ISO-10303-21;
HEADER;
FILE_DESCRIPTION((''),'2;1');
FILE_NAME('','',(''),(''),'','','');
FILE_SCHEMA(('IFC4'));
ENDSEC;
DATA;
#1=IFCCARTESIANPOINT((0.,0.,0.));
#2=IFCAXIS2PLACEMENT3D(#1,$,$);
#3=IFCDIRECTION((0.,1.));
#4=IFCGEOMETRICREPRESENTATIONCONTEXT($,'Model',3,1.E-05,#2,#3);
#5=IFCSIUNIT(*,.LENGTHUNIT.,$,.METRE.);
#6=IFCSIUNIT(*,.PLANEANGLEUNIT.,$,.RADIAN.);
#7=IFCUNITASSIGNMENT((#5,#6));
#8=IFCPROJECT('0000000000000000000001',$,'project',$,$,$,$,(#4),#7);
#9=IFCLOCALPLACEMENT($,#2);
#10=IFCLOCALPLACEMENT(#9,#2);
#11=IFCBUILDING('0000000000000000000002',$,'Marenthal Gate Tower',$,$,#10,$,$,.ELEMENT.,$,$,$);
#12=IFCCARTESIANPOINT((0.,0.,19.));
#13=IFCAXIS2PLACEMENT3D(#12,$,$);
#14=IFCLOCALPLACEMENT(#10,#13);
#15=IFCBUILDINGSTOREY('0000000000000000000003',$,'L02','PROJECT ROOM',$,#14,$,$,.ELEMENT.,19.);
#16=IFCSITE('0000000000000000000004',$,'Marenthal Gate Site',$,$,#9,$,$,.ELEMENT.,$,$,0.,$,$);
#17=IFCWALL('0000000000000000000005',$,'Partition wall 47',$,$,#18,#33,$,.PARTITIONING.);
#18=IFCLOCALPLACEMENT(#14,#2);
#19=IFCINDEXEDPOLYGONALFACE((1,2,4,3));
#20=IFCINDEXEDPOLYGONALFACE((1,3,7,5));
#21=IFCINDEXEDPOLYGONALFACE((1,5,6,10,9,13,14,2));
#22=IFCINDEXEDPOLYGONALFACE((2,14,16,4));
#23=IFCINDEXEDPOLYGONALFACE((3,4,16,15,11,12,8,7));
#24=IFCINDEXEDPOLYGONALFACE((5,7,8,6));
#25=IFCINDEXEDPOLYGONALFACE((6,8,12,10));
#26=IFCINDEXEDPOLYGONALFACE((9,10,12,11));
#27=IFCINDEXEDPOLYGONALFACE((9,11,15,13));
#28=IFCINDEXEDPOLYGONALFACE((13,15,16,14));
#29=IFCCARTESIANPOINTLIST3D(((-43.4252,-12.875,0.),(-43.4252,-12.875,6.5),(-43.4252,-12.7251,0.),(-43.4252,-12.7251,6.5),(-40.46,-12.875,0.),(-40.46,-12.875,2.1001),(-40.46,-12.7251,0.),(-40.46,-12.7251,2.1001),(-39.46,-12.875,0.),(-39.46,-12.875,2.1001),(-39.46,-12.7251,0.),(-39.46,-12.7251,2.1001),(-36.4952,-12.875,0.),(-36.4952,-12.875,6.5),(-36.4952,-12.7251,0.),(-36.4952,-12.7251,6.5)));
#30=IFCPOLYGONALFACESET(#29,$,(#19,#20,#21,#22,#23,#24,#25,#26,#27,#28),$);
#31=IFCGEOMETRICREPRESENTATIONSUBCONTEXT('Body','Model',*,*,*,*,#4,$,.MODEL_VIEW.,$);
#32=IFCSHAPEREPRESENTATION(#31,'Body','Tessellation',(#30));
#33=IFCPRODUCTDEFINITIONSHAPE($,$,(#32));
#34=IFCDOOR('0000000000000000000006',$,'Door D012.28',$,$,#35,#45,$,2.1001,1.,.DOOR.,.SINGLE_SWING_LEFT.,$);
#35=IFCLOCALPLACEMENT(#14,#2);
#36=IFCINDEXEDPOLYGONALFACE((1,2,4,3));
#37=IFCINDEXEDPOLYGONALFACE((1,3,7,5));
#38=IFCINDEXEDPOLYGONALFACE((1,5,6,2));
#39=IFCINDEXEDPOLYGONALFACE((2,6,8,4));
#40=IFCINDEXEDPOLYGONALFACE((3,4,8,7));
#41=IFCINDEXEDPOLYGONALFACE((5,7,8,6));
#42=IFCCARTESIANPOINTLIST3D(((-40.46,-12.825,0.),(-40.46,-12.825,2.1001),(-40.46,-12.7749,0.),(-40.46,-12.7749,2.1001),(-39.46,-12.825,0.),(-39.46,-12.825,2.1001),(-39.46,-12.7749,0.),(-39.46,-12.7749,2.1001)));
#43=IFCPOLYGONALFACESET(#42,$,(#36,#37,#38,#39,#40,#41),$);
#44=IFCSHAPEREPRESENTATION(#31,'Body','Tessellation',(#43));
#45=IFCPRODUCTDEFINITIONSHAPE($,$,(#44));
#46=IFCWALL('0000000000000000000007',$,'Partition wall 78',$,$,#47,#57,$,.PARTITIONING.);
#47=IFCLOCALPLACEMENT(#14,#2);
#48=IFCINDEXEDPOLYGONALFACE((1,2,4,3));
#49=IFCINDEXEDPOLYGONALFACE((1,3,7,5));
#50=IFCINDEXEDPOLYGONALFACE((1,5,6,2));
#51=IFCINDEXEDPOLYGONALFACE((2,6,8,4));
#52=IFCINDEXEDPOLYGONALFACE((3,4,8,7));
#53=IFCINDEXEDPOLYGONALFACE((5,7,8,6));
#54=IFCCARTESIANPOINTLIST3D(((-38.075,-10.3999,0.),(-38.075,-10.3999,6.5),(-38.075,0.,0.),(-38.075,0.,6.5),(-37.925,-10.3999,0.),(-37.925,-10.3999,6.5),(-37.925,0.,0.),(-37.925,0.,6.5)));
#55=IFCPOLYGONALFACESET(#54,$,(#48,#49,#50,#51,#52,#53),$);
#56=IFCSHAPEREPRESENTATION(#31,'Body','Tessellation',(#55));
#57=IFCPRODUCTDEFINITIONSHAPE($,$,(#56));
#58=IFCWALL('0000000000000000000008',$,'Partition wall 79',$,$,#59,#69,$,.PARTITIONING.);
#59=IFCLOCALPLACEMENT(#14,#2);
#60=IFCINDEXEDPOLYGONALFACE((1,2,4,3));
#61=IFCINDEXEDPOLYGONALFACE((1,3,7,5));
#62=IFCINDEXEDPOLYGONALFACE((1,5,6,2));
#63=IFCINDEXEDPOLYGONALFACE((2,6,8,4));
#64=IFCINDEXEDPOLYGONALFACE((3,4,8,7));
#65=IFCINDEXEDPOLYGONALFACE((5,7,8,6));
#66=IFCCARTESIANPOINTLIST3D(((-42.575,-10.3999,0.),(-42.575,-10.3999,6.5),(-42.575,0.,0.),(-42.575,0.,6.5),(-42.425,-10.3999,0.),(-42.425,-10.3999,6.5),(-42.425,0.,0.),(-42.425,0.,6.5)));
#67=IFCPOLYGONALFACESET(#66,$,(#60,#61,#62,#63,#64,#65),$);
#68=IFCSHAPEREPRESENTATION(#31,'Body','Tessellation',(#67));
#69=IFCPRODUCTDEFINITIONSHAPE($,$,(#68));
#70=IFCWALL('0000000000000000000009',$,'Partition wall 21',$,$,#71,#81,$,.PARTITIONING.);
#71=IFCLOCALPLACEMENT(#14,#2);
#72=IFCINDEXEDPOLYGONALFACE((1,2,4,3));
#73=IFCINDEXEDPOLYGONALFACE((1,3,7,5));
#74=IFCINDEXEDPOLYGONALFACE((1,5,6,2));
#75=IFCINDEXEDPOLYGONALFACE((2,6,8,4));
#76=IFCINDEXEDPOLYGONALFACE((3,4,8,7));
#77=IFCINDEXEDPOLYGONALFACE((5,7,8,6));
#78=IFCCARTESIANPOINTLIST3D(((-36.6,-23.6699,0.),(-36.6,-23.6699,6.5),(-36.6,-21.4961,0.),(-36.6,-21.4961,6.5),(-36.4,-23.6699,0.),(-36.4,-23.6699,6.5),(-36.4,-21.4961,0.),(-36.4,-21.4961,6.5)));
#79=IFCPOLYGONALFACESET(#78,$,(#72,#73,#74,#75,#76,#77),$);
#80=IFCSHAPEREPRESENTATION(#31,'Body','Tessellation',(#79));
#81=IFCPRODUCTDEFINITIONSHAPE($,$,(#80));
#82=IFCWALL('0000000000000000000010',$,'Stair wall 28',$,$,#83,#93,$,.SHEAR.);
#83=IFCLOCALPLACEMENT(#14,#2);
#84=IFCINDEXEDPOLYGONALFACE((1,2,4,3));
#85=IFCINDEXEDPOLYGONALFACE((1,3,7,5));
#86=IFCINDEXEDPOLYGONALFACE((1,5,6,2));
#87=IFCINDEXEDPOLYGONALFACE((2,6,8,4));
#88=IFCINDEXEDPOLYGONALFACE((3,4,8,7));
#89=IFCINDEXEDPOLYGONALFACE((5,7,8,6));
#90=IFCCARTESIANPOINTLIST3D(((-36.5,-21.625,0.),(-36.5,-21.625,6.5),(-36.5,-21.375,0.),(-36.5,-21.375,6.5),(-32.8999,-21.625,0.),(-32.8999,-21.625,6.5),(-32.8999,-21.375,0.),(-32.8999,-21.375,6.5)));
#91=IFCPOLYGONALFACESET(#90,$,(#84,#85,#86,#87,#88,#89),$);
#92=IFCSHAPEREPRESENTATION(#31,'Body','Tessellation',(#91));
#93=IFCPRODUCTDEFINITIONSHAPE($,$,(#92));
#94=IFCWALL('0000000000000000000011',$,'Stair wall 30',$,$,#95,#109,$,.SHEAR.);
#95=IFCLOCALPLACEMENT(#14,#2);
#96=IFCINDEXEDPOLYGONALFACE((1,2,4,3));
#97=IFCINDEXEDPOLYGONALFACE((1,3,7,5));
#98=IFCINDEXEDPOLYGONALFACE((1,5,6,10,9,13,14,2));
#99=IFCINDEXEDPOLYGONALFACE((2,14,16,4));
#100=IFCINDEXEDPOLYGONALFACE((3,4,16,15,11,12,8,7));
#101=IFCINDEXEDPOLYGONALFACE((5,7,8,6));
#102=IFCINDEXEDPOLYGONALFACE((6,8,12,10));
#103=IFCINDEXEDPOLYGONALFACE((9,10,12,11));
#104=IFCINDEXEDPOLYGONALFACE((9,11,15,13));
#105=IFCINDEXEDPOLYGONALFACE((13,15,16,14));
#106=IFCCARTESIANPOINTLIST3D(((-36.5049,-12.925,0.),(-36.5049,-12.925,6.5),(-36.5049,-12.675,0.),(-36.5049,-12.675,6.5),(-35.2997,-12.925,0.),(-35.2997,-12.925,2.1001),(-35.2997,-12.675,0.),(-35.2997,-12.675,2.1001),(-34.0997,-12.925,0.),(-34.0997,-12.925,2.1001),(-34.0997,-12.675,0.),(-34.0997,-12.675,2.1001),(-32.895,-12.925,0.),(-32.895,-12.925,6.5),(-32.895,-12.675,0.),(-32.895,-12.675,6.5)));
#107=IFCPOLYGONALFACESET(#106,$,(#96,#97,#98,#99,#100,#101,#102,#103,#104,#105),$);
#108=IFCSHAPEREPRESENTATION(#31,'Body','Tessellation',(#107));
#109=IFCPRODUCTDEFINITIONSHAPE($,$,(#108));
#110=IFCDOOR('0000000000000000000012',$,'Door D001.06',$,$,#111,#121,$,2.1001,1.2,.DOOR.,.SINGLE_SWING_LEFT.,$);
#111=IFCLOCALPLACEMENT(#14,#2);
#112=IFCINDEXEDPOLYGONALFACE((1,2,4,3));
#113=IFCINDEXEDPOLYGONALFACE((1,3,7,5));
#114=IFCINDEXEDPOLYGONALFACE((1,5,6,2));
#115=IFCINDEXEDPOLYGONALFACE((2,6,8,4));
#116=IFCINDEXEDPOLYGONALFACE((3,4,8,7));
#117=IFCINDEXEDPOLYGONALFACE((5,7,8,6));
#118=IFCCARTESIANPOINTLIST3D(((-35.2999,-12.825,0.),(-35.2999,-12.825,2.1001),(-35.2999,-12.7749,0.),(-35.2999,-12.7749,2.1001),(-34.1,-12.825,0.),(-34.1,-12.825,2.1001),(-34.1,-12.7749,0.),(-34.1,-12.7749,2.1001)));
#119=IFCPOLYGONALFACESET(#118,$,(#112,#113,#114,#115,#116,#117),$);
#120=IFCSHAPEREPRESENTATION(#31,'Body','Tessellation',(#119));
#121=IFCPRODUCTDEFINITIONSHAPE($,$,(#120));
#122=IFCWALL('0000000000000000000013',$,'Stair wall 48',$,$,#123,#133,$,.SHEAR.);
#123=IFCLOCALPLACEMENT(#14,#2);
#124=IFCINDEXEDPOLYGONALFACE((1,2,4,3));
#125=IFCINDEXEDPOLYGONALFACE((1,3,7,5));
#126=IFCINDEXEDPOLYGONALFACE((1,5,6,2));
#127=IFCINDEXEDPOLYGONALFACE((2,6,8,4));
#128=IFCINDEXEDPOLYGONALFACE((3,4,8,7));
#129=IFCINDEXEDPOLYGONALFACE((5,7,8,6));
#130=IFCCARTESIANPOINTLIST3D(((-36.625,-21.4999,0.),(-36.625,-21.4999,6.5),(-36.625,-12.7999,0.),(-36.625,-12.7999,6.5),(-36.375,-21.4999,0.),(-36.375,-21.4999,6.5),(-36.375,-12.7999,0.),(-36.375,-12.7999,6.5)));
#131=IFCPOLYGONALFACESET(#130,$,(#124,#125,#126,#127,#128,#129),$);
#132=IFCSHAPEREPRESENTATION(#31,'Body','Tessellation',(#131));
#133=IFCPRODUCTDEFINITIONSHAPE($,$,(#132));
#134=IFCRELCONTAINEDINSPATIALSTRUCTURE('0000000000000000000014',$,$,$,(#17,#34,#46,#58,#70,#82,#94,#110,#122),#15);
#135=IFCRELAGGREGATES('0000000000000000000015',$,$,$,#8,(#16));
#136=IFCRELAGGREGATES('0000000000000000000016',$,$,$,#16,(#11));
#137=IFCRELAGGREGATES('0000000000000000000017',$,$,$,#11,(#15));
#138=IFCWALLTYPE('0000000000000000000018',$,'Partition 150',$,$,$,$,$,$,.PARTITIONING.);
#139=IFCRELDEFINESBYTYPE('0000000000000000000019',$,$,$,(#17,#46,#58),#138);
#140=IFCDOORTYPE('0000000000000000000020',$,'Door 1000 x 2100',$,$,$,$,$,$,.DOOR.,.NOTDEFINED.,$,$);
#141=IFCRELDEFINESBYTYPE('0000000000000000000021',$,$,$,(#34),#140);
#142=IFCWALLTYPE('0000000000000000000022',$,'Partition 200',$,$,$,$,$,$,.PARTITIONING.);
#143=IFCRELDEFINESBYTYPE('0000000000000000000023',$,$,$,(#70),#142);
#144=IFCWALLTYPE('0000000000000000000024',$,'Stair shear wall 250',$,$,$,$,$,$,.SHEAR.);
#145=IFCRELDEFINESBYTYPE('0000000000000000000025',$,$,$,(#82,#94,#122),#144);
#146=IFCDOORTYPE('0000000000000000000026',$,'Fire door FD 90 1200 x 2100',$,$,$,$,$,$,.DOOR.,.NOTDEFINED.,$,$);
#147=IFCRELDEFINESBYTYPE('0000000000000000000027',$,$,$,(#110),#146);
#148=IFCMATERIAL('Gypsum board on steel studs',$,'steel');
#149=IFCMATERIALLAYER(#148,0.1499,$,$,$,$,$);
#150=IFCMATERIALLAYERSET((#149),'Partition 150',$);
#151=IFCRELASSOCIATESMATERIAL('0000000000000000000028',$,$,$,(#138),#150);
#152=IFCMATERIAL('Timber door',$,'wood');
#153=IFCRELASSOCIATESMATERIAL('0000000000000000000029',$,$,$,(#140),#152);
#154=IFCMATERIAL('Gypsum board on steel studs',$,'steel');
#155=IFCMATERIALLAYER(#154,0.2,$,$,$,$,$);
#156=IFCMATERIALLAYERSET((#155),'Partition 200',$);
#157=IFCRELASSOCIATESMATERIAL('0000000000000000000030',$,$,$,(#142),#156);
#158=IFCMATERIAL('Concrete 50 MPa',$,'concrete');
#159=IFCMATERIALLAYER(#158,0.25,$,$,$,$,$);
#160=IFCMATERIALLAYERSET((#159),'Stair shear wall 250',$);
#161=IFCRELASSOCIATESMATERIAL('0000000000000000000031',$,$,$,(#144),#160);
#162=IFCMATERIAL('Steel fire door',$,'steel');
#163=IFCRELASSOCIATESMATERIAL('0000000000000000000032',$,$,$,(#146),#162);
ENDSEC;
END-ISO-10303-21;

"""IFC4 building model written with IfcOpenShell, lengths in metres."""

from ifc_helpers import new_model, si_unit, direction, frame, frame_2d, origin, place, context, subcontext, project, spatial, rectangle, extrude, material, layer, layer_set, type_object, element, fill, save


model = new_model("IFC4")

# Units and contexts
model_context = context("Model", 3, precision=1e-05, world=origin(), true_north=direction((0.0, 1.0)))
body_context = subcontext(model_context, "Body", "Model", "MODEL_VIEW")
ifc_project = project(units=[si_unit("LENGTHUNIT", "METRE"), si_unit("PLANEANGLEUNIT", "RADIAN")], contexts=[model_context])

# Site, building, storey
site_placement = place(None, origin())
site = spatial("IfcSite", under=ifc_project, at=site_placement, Name="Marenthal Gate Site", CompositionType="ELEMENT", RefElevation=0.0)
building_placement = place(site_placement, origin())
building = spatial("IfcBuilding", under=site, at=building_placement, Name="Marenthal Gate Tower", CompositionType="ELEMENT")
storey_placement = place(building_placement, frame((0.0, 0.0, 19.0)))
storey = spatial("IfcBuildingStorey", under=building, at=storey_placement, Name="L02", Description="PROJECT ROOM", CompositionType="ELEMENT", Elevation=19.0)

# Wall, opening, door
ifc_material_1 = material(Name="Gypsum board on steel studs", Category="steel")
ifc_layer_1 = layer(ifc_material_1, 0.1499)
ifc_layer_set_1 = layer_set([ifc_layer_1], Name="Partition 150")
wall_type_1 = type_object("IfcWallType", Name="Partition 150", PredefinedType="PARTITIONING", material=ifc_layer_set_1)
wall_1_placement = place(storey_placement, frame((-43.425, -12.8, 0.0), z_axis=(0.0, 0.0, 1.0), x_axis=(1.0, 0.0, 0.0)))
wall_1 = element("IfcWall", 1, at=wall_1_placement, inside=storey, type_object=wall_type_1, Name="Partition wall 47", PredefinedType="PARTITIONING", context=body_context, shape_type="SweptSolid", body=[
    extrude(rectangle(XDim=6.9299, YDim=0.1499, at=frame_2d((3.4648, 0.0))), origin(), (0.0, 0.0, 1.0), 6.5),
])
opening_1_placement = place(wall_1_placement, frame((2.9651, 0.0, 0.0)))
opening_1 = element("IfcOpeningElement", 2, at=opening_1_placement, cuts=wall_1, PredefinedType="OPENING", context=body_context, shape_type="SweptSolid", body=[
    extrude(rectangle(XDim=1.0, YDim=2.1001, at=frame_2d((0.5, 1.05))), frame((0.0, 0.085, 0.0), z_axis=(0.0, -1.0, 0.0), x_axis=(1.0, 0.0, 0.0)), (0.0, 0.0, 1.0), 0.1699),
])
ifc_material_2 = material(Name="Timber door", Category="wood")
door_type_1 = type_object("IfcDoorType", Name="Door 1000 x 2100", OperationType="NOTDEFINED", PredefinedType="DOOR", material=ifc_material_2)
door_1_placement = place(opening_1_placement, frame((1.0, 0.0, 0.0), z_axis=(0.0, 0.0, 1.0), x_axis=(-1.0, 0.0, 0.0)))
door_1 = element("IfcDoor", 3, at=door_1_placement, inside=storey, type_object=door_type_1, Name="Door D012.28", OperationType="SINGLE_SWING_LEFT", OverallHeight=2.1001, OverallWidth=1.0, PredefinedType="DOOR", context=body_context, shape_type="SweptSolid", body=[
    extrude(rectangle(XDim=1.0, YDim=2.1001, at=frame_2d((0.5, 1.05))), frame((0.0, 0.0249, 0.0), z_axis=(0.0, -1.0, 0.0), x_axis=(1.0, 0.0, 0.0)), (0.0, 0.0, 1.0), 0.05),
])
fill(opening_1, door_1)

# Walls
for number, where, z_axis, x_axis, name in (
    (4, (-38.0, -10.3999, 0.0), (0.0, 0.0, 1.0), (0.0, 1.0, 0.0), "Partition wall 78"),
    (5, (-42.5, -10.3999, 0.0), (0.0, 0.0, 1.0), (0.0, 1.0, 0.0), "Partition wall 79"),
):
    element("IfcWall", number, at=place(storey_placement, frame(where, z_axis=z_axis, x_axis=x_axis)), inside=storey, type_object=wall_type_1, Name=name, PredefinedType="PARTITIONING", context=body_context, shape_type="SweptSolid", body=[
        extrude(rectangle(XDim=10.3999, YDim=0.1499, at=frame_2d((5.2, 0.0))), origin(), (0.0, 0.0, 1.0), 6.5),
    ])
ifc_material_3 = material(Name="Gypsum board on steel studs", Category="steel")
ifc_layer_2 = layer(ifc_material_3, 0.2)
ifc_layer_set_2 = layer_set([ifc_layer_2], Name="Partition 200")
wall_type_2 = type_object("IfcWallType", Name="Partition 200", PredefinedType="PARTITIONING", material=ifc_layer_set_2)
wall_2_placement = place(storey_placement, frame((-36.5, -23.6699, 0.0), z_axis=(0.0, 0.0, 1.0), x_axis=(0.0, 1.0, 0.0)))
element("IfcWall", 6, at=wall_2_placement, inside=storey, type_object=wall_type_2, Name="Partition wall 21", PredefinedType="PARTITIONING", context=body_context, shape_type="SweptSolid", body=[
    extrude(rectangle(XDim=2.1738, YDim=0.2, at=frame_2d((1.0869, 0.0))), origin(), (0.0, 0.0, 1.0), 6.5),
])
ifc_material_4 = material(Name="Concrete 50 MPa", Category="concrete")
ifc_layer_3 = layer(ifc_material_4, 0.25)
ifc_layer_set_3 = layer_set([ifc_layer_3], Name="Stair shear wall 250")
wall_type_3 = type_object("IfcWallType", Name="Stair shear wall 250", PredefinedType="SHEAR", material=ifc_layer_set_3)
wall_3_placement = place(storey_placement, frame((-36.5, -21.5, 0.0), z_axis=(0.0, 0.0, 1.0), x_axis=(1.0, 0.0, 0.0)))
element("IfcWall", 7, at=wall_3_placement, inside=storey, type_object=wall_type_3, Name="Stair wall 28", PredefinedType="SHEAR", context=body_context, shape_type="SweptSolid", body=[
    extrude(rectangle(XDim=3.6001, YDim=0.25, at=frame_2d((1.8, 0.0))), origin(), (0.0, 0.0, 1.0), 6.5),
])

# Wall, opening, door
wall_4_placement = place(storey_placement, frame((-36.5049, -12.8, 0.0), z_axis=(0.0, 0.0, 1.0), x_axis=(1.0, 0.0, 0.0)))
wall_4 = element("IfcWall", 8, at=wall_4_placement, inside=storey, type_object=wall_type_3, Name="Stair wall 30", PredefinedType="SHEAR", context=body_context, shape_type="SweptSolid", body=[
    extrude(rectangle(XDim=3.6099, YDim=0.25, at=frame_2d((1.8049, 0.0))), origin(), (0.0, 0.0, 1.0), 6.5),
])
opening_2_placement = place(wall_4_placement, frame((1.2051, 0.0, 0.0)))
opening_2 = element("IfcOpeningElement", 9, at=opening_2_placement, cuts=wall_4, PredefinedType="OPENING", context=body_context, shape_type="SweptSolid", body=[
    extrude(rectangle(XDim=1.2, YDim=2.1001, at=frame_2d((0.6001, 1.05))), frame((0.0, 0.135, 0.0), z_axis=(0.0, -1.0, 0.0), x_axis=(1.0, 0.0, 0.0)), (0.0, 0.0, 1.0), 0.27),
])
ifc_material_5 = material(Name="Steel fire door", Category="steel")
door_type_2 = type_object("IfcDoorType", Name="Fire door FD 90 1200 x 2100", OperationType="NOTDEFINED", PredefinedType="DOOR", material=ifc_material_5)
door_2_placement = place(opening_2_placement, frame((1.2, 0.0, 0.0), z_axis=(0.0, 0.0, 1.0), x_axis=(-1.0, 0.0, 0.0)))
door_2 = element("IfcDoor", 10, at=door_2_placement, inside=storey, type_object=door_type_2, Name="Door D001.06", OperationType="SINGLE_SWING_LEFT", OverallHeight=2.1001, OverallWidth=1.2, PredefinedType="DOOR", context=body_context, shape_type="SweptSolid", body=[
    extrude(rectangle(XDim=1.2, YDim=2.1001, at=frame_2d((0.6001, 1.05))), frame((0.0, 0.0249, 0.0), z_axis=(0.0, -1.0, 0.0), x_axis=(1.0, 0.0, 0.0)), (0.0, 0.0, 1.0), 0.05),
])
fill(opening_2, door_2)

# Wall
wall_5_placement = place(storey_placement, frame((-36.5, -21.5, 0.0), z_axis=(0.0, 0.0, 1.0), x_axis=(0.0, 1.0, 0.0)))
element("IfcWall", 11, at=wall_5_placement, inside=storey, type_object=wall_type_3, Name="Stair wall 48", PredefinedType="SHEAR", context=body_context, shape_type="SweptSolid", body=[
    extrude(rectangle(XDim=8.7, YDim=0.25, at=frame_2d((4.3501, 0.0))), origin(), (0.0, 0.0, 1.0), 6.5),
])

save(model, "model.ifc")
